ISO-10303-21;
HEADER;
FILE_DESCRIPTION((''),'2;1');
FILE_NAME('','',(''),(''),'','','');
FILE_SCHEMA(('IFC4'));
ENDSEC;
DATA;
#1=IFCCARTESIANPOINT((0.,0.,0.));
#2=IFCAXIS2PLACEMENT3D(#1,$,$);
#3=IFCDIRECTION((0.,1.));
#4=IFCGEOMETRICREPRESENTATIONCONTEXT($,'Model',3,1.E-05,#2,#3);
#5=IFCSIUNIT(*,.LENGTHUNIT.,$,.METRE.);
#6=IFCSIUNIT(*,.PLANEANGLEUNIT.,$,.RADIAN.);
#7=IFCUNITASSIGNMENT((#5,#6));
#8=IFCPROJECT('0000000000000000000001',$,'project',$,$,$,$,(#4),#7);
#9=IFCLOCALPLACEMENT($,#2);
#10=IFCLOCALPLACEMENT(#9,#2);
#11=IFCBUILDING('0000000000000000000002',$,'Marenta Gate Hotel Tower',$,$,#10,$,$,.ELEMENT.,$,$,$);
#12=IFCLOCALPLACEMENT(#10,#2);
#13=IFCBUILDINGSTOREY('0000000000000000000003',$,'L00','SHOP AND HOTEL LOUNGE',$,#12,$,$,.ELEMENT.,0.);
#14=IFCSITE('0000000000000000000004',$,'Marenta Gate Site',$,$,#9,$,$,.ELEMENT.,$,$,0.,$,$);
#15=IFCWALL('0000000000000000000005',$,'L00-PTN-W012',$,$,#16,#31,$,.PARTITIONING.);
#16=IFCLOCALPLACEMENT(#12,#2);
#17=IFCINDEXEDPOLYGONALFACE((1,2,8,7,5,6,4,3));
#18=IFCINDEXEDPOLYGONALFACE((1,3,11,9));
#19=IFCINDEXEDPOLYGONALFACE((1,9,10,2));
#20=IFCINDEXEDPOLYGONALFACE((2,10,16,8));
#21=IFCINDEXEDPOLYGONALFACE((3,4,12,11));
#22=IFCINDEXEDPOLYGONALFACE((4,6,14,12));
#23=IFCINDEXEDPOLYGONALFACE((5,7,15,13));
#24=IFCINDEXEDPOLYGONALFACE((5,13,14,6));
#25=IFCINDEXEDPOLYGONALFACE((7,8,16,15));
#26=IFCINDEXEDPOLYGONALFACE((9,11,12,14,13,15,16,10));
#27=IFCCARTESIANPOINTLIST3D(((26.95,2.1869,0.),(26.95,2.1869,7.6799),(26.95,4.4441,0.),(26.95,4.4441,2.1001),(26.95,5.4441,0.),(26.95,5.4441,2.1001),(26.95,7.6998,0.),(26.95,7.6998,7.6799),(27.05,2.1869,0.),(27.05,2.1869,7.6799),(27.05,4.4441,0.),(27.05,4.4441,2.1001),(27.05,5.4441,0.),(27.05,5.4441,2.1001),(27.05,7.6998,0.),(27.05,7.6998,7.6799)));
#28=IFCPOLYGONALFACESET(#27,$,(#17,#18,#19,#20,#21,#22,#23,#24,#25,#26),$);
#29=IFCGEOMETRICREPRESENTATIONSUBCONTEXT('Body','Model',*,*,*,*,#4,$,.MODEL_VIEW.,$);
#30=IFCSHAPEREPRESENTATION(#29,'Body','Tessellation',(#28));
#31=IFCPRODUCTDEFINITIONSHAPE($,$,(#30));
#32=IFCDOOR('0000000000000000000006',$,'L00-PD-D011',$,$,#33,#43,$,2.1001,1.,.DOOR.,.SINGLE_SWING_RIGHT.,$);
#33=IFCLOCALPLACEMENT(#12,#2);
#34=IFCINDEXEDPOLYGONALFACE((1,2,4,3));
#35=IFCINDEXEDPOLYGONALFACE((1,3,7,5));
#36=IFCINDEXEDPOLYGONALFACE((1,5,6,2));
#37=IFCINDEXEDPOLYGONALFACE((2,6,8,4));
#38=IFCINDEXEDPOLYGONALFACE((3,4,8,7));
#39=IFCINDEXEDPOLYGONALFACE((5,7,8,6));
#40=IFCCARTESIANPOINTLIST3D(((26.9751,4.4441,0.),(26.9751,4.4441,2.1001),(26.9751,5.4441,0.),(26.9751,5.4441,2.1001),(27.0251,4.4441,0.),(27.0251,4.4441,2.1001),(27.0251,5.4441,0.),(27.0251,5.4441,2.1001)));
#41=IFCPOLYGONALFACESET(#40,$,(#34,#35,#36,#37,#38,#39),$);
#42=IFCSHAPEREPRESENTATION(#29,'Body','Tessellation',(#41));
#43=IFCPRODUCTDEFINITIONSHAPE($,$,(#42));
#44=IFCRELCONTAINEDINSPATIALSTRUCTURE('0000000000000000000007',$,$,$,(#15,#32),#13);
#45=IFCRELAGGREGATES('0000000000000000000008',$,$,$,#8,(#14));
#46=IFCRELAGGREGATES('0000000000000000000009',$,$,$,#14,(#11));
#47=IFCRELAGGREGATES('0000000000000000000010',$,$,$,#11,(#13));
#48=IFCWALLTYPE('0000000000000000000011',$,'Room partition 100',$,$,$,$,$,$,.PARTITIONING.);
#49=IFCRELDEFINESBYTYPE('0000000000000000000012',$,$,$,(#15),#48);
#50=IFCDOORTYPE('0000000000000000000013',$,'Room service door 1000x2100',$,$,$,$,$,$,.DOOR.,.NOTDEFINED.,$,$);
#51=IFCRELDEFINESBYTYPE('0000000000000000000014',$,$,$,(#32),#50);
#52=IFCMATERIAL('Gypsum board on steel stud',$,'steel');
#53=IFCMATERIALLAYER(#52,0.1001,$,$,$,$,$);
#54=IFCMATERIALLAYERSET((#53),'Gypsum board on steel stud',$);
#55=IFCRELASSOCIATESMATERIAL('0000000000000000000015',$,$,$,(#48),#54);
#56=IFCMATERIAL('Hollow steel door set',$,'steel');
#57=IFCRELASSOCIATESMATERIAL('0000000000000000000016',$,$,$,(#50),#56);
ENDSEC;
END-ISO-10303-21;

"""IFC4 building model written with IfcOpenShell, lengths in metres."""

from ifc_helpers import new_model, si_unit, direction, frame, frame_2d, origin, place, context, subcontext, project, spatial, rectangle, extrude, material, layer, layer_set, type_object, element, fill, save


model = new_model("IFC4")

# Units and contexts
model_context = context("Model", 3, precision=1e-05, world=origin(), true_north=direction((0.0, 1.0)))
body_context = subcontext(model_context, "Body", "Model", "MODEL_VIEW")
ifc_project = project(units=[si_unit("LENGTHUNIT", "METRE"), si_unit("PLANEANGLEUNIT", "RADIAN")], contexts=[model_context])

# Site, building, storey
site_placement = place(None, origin())
site = spatial("IfcSite", under=ifc_project, at=site_placement, Name="Marenta Gate Site", CompositionType="ELEMENT", RefElevation=0.0)
building_placement = place(site_placement, origin())
building = spatial("IfcBuilding", under=site, at=building_placement, Name="Marenta Gate Hotel Tower", CompositionType="ELEMENT")
storey_placement = place(building_placement, origin())
storey = spatial("IfcBuildingStorey", under=building, at=storey_placement, Name="L00", Description="SHOP AND HOTEL LOUNGE", CompositionType="ELEMENT", Elevation=0.0)

# Wall, opening, door
ifc_material_1 = material(Name="Gypsum board on steel stud", Category="steel")
ifc_layer_1 = layer(ifc_material_1, 0.1001)
ifc_layer_set_1 = layer_set([ifc_layer_1], Name="Gypsum board on steel stud")
wall_type_1 = type_object("IfcWallType", Name="Room partition 100", PredefinedType="PARTITIONING", material=ifc_layer_set_1)
wall_1_placement = place(storey_placement, frame((27.0, 2.187, 0.0), z_axis=(0.0, 0.0, 1.0), x_axis=(0.0, 1.0, 0.0)))
wall_1 = element("IfcWall", 1, at=wall_1_placement, inside=storey, type_object=wall_type_1, Name="L00-PTN-W012", PredefinedType="PARTITIONING", context=body_context, shape_type="SweptSolid", body=[
    extrude(rectangle(XDim=5.5129, YDim=0.1001, at=frame_2d((2.7563, 0.0))), origin(), (0.0, 0.0, 1.0), 7.6799),
])
opening_placement = place(wall_1_placement, frame((2.2571, 0.0, 0.0)))
opening = element("IfcOpeningElement", 2, at=opening_placement, cuts=wall_1, PredefinedType="OPENING", context=body_context, shape_type="SweptSolid", body=[
    extrude(rectangle(XDim=1.0, YDim=2.1001, at=frame_2d((0.5, 1.05))), frame((0.0, 0.05, 0.0), z_axis=(0.0, -1.0, 0.0), x_axis=(1.0, 0.0, 0.0)), (0.0, 0.0, 1.0), 0.1001),
])
ifc_material_2 = material(Name="Hollow steel door set", Category="steel")
door_type = type_object("IfcDoorType", Name="Room service door 1000x2100", OperationType="NOTDEFINED", PredefinedType="DOOR", material=ifc_material_2)
door_placement = place(opening_placement, origin())
door = element("IfcDoor", 3, at=door_placement, inside=storey, type_object=door_type, Name="L00-PD-D011", OperationType="SINGLE_SWING_RIGHT", OverallHeight=2.1001, OverallWidth=1.0, PredefinedType="DOOR", context=body_context, shape_type="SweptSolid", body=[
    extrude(rectangle(XDim=1.0, YDim=2.1001, at=frame_2d((0.5, 1.05))), frame((0.0, 0.0249, 0.0), z_axis=(0.0, -1.0, 0.0), x_axis=(1.0, 0.0, 0.0)), (0.0, 0.0, 1.0), 0.05),
])
fill(opening, door)

save(model, "model.ifc")
